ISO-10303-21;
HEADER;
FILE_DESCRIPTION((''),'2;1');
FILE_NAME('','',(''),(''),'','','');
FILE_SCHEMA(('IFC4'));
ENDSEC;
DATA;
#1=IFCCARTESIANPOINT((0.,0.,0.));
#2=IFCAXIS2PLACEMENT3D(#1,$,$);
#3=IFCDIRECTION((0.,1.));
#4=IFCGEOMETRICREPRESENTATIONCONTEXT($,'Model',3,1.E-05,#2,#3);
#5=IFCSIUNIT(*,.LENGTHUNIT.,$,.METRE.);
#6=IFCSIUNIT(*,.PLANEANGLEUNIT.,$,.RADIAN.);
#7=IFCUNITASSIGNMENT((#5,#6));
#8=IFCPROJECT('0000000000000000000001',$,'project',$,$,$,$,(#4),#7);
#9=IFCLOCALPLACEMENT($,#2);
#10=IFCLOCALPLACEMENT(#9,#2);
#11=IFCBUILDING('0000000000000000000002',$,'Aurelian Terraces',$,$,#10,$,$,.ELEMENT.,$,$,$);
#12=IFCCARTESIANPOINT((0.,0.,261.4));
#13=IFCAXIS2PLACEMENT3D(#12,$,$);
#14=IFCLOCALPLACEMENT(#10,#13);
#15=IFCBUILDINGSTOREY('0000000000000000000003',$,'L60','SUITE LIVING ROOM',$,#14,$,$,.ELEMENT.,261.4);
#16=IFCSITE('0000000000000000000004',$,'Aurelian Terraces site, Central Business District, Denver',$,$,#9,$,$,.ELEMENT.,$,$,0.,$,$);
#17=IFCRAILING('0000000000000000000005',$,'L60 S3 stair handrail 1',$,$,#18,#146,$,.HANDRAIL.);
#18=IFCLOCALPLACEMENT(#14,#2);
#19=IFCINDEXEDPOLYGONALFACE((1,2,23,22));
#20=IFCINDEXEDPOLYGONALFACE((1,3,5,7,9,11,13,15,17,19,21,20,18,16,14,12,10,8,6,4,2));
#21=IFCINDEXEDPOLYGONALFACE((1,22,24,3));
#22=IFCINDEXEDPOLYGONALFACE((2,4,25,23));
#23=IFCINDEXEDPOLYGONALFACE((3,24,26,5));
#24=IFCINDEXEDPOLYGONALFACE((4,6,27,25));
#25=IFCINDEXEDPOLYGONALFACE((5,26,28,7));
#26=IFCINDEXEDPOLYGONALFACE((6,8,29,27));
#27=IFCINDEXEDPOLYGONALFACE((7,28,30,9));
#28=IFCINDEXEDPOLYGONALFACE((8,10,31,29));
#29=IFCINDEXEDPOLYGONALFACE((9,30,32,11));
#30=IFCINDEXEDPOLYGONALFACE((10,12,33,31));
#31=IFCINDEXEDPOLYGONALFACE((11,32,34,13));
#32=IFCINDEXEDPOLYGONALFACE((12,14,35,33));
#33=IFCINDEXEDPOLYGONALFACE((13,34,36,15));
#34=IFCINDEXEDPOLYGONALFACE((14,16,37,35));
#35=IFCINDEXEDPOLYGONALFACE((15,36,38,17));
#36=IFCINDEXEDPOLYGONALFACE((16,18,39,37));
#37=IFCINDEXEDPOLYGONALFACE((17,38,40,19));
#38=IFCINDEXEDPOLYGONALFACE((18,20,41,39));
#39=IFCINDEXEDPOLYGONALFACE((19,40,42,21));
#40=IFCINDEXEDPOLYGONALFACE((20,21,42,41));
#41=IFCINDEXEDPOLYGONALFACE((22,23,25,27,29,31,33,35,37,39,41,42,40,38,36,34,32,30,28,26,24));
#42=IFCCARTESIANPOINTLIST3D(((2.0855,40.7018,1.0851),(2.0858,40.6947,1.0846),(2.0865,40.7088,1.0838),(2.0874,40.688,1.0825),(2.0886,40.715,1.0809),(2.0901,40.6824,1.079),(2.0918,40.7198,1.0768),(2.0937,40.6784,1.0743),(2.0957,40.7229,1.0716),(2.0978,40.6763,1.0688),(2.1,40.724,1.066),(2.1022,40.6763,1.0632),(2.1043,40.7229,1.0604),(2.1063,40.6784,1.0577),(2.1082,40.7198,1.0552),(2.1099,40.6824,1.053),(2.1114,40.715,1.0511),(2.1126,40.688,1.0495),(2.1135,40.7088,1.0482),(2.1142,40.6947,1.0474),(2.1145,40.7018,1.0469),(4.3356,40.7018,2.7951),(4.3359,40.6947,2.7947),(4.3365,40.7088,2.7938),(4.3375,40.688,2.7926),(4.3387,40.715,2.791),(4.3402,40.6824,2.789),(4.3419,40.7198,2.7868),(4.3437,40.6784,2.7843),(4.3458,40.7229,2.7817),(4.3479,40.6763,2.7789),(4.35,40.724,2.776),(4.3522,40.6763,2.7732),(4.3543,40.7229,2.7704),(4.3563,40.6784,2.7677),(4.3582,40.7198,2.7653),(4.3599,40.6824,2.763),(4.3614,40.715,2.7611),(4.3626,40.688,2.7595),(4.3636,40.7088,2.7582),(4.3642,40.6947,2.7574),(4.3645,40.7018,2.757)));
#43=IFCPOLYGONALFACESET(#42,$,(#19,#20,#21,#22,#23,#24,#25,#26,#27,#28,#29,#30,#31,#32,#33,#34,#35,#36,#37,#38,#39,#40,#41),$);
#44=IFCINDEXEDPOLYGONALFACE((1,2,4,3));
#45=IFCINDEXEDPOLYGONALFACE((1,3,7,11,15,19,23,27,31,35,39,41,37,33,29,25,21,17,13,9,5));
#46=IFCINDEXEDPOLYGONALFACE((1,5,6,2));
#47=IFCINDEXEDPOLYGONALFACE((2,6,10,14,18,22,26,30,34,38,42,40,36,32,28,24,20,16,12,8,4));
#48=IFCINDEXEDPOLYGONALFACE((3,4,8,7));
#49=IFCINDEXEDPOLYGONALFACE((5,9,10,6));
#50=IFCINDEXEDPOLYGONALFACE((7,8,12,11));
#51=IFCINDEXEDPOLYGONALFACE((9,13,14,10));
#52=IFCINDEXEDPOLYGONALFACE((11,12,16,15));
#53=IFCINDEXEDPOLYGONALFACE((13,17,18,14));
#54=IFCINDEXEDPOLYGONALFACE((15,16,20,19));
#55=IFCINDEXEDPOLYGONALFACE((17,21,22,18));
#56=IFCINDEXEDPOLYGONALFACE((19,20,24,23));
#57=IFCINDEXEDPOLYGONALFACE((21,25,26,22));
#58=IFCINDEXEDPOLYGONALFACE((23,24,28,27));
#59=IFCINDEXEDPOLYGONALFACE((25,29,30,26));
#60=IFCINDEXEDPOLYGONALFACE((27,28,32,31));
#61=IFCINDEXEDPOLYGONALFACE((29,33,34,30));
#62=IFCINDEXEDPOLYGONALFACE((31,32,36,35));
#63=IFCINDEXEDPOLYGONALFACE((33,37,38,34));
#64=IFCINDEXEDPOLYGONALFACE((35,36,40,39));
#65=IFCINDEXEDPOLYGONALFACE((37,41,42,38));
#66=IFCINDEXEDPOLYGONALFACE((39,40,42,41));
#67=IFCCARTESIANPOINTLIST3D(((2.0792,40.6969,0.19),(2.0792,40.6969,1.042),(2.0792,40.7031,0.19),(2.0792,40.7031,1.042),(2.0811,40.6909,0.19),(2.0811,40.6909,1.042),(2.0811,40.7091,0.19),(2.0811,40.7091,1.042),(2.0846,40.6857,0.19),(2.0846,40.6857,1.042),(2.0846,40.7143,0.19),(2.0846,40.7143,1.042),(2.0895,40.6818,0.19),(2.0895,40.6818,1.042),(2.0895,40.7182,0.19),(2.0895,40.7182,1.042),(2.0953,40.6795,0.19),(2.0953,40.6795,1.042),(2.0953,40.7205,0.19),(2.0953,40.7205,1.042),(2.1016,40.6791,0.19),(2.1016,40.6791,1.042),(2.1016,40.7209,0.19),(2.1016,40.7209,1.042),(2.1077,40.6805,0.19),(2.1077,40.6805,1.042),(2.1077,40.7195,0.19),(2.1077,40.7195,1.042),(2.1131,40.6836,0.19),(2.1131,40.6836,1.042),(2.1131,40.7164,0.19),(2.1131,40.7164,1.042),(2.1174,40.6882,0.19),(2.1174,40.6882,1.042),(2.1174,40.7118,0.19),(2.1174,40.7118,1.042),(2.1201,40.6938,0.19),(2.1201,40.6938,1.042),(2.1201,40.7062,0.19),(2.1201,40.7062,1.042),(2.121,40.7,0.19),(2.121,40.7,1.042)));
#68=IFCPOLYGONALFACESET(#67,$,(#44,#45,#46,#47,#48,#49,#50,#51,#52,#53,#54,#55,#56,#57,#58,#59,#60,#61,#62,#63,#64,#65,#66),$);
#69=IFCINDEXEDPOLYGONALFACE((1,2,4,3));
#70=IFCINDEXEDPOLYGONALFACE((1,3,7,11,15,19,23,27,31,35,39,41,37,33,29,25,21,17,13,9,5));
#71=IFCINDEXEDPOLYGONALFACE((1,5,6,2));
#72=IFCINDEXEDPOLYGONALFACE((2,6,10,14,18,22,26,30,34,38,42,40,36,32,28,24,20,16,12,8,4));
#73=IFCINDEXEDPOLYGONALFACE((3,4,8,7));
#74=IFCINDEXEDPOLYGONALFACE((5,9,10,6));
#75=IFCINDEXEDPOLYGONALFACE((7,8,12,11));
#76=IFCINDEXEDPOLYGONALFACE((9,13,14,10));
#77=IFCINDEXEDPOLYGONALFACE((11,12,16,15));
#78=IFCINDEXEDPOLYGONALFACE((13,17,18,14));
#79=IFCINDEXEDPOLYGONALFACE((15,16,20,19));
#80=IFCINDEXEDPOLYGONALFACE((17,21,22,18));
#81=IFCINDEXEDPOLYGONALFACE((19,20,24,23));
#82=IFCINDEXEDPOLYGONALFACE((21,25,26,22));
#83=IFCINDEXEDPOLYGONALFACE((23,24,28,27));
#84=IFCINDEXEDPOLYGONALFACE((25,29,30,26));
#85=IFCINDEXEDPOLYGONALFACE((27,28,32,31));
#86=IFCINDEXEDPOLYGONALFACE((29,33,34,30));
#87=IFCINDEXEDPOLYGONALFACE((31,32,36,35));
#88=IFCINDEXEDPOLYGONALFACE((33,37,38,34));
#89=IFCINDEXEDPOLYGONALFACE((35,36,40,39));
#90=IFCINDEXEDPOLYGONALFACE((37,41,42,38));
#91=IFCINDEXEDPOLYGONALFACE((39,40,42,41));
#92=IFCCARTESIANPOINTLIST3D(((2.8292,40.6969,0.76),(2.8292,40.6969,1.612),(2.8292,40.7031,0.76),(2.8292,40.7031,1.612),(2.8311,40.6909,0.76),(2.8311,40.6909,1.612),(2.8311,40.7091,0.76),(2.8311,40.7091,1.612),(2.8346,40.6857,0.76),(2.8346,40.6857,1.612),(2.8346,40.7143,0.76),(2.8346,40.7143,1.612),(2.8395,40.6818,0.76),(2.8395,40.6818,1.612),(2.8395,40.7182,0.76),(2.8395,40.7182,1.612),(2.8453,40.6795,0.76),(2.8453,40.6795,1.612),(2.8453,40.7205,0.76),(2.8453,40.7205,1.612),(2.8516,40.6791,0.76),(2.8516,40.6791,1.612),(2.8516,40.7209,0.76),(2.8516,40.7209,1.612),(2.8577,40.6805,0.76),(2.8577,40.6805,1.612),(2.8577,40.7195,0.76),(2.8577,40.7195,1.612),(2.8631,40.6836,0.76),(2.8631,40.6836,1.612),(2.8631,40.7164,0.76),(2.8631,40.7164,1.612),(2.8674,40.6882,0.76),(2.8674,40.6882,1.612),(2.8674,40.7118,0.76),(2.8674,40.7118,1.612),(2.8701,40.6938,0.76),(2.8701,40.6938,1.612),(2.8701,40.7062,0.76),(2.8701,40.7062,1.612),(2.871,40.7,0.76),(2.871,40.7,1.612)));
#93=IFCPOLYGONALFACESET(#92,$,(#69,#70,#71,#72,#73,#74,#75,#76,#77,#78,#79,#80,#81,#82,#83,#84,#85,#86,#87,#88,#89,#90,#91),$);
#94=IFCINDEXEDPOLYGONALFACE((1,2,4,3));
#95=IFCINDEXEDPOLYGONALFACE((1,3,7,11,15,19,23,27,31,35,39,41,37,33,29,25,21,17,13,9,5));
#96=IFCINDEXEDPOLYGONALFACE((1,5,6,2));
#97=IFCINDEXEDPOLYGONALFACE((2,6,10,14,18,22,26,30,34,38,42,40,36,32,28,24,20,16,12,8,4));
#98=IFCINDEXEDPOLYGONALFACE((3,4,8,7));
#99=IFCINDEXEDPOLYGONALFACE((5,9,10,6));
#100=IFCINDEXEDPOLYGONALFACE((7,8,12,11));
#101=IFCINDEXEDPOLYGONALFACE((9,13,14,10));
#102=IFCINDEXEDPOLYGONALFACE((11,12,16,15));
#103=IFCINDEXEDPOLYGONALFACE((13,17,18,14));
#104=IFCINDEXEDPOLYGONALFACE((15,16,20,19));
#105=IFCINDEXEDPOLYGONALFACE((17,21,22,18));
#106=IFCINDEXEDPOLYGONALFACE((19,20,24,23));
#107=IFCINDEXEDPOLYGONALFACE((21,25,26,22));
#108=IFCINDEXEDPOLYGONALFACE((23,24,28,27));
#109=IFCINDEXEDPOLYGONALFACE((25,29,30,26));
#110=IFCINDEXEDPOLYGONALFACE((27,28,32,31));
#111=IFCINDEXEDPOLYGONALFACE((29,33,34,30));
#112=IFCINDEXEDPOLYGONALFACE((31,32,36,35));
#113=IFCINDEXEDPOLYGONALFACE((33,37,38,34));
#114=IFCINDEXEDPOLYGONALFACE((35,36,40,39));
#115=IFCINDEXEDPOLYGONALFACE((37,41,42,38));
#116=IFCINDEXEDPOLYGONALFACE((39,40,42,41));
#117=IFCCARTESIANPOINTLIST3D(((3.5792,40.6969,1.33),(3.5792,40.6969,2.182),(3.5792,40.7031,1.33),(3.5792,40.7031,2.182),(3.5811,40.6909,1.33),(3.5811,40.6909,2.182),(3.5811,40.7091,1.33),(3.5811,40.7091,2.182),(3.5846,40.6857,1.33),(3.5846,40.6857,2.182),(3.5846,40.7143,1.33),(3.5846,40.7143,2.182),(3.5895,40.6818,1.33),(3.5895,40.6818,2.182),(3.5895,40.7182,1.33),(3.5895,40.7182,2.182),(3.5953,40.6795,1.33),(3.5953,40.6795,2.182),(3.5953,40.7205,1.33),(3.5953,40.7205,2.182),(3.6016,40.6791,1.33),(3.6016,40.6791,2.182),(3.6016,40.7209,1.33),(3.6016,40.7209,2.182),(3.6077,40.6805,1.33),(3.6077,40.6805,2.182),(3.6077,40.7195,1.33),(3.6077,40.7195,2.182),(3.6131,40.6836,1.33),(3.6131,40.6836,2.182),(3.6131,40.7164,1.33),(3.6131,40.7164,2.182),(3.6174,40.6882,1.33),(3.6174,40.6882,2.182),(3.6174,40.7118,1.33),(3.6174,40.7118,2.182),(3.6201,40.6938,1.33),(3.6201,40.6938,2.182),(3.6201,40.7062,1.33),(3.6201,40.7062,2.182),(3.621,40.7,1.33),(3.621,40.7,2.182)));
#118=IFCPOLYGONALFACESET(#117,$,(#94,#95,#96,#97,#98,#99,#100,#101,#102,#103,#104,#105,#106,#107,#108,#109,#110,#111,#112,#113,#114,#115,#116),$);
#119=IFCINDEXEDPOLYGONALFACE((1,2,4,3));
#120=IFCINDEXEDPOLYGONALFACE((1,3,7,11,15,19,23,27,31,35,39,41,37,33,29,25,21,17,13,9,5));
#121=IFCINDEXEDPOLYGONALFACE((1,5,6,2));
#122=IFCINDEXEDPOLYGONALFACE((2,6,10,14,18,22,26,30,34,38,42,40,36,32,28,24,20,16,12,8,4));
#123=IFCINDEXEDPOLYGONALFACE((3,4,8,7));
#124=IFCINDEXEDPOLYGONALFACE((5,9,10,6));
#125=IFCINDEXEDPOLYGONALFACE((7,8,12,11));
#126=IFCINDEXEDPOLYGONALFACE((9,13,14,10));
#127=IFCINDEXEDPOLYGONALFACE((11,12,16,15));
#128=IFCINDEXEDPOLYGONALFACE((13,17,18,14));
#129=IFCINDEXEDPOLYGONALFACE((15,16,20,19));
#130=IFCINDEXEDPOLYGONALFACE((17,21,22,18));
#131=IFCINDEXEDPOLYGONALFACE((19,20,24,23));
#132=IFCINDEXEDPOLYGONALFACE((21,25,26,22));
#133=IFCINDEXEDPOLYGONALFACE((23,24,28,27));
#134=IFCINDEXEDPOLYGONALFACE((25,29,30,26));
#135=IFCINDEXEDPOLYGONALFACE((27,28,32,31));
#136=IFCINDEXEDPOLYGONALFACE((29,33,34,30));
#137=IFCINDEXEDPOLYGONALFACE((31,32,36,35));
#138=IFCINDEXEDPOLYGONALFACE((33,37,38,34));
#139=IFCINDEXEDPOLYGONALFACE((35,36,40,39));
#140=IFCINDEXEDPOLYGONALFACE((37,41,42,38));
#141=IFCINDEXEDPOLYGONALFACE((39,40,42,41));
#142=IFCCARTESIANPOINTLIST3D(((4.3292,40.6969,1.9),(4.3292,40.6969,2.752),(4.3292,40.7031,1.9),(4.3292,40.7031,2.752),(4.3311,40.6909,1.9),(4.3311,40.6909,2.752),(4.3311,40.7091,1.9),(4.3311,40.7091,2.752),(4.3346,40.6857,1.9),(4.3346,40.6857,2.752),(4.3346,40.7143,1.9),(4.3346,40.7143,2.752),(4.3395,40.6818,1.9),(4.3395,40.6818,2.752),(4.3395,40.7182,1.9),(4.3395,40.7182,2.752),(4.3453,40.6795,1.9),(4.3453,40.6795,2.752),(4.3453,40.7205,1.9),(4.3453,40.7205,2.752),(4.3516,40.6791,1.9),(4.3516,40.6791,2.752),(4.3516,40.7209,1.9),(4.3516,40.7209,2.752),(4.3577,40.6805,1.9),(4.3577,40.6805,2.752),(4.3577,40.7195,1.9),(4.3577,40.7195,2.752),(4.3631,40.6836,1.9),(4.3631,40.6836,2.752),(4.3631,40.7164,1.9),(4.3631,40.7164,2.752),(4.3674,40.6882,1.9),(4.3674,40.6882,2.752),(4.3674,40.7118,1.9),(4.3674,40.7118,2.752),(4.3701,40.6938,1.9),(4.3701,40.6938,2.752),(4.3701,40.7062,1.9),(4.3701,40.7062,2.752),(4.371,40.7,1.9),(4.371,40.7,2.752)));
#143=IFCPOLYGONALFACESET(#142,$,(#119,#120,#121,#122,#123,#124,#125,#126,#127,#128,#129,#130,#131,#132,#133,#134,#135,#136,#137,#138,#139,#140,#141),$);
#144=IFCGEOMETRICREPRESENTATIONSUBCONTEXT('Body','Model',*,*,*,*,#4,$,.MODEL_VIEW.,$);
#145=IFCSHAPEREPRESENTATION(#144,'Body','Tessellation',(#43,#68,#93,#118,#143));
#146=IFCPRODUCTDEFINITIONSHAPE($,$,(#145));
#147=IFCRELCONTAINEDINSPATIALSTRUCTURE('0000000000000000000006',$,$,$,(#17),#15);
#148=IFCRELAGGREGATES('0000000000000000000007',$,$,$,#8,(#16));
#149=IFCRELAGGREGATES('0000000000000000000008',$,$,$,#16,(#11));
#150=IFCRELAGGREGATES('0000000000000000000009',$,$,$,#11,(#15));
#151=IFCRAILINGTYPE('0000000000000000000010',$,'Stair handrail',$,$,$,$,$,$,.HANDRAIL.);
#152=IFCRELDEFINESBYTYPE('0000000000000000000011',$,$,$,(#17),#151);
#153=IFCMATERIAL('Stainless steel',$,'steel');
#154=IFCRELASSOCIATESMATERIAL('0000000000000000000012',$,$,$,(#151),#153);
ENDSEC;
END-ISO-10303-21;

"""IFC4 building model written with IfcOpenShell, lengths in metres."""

from ifc_helpers import new_model, si_unit, direction, frame, origin, origin_2d, place, context, subcontext, project, spatial, circle, extrude, source, transform, mapped, material, type_object, element, save


model = new_model("IFC4")

# Units and contexts
model_context = context("Model", 3, precision=1e-05, world=origin(), true_north=direction((0.0, 1.0)))
body_context = subcontext(model_context, "Body", "Model", "MODEL_VIEW")
ifc_project = project(units=[si_unit("LENGTHUNIT", "METRE"), si_unit("PLANEANGLEUNIT", "RADIAN")], contexts=[model_context])

# Site, building, storey
site_placement = place(None, origin())
site = spatial("IfcSite", under=ifc_project, at=site_placement, Name="Aurelian Terraces site, Central Business District, Denver", CompositionType="ELEMENT", RefElevation=0.0)
building_placement = place(site_placement, origin())
building = spatial("IfcBuilding", under=site, at=building_placement, Name="Aurelian Terraces", CompositionType="ELEMENT")
storey_placement = place(building_placement, frame((0.0, 0.0, 261.4)))
storey = spatial("IfcBuildingStorey", under=building, at=storey_placement, Name="L60", Description="SUITE LIVING ROOM", CompositionType="ELEMENT", Elevation=261.4)

# Railing
ifc_material_1 = material(Name="Stainless steel", Category="steel")
railing_type_1 = type_object("IfcRailingType", Name="Stair handrail", PredefinedType="HANDRAIL", material=ifc_material_1)
shared_shape_1 = source(origin(), body_context, "Body", "SweptSolid", [
    extrude(circle(Radius=0.024, at=origin_2d()), frame((0.0, 0.0, 0.876), z_axis=(0.796162, 0.0, 0.605083), x_axis=(0.0, 1.0, 0.0)), (0.0, 0.0, 1.0), 2.8261),
    extrude(circle(Radius=0.021, at=origin_2d()), origin(), (0.0, 0.0, 1.0), 0.852),
    extrude(circle(Radius=0.021, at=origin_2d()), frame((0.75, 0.0, 0.57)), (0.0, 0.0, 1.0), 0.852),
    extrude(circle(Radius=0.021, at=origin_2d()), frame((1.5, 0.0, 1.14)), (0.0, 0.0, 1.0), 0.852),
    extrude(circle(Radius=0.021, at=origin_2d()), frame((2.25, 0.0, 1.71)), (0.0, 0.0, 1.0), 0.852),
])
railing_1_placement = place(storey_placement, frame((2.1, 40.7, 0.19)))
element("IfcRailing", 1, at=railing_1_placement, inside=storey, type_object=railing_type_1, Name="L60 S3 stair handrail 1", PredefinedType="HANDRAIL", context=body_context, shape_type="MappedRepresentation", body=[
    mapped(shared_shape_1, transform((0.0, 0.0, 0.0), scale=1.0)),
])

save(model, "model.ifc")
